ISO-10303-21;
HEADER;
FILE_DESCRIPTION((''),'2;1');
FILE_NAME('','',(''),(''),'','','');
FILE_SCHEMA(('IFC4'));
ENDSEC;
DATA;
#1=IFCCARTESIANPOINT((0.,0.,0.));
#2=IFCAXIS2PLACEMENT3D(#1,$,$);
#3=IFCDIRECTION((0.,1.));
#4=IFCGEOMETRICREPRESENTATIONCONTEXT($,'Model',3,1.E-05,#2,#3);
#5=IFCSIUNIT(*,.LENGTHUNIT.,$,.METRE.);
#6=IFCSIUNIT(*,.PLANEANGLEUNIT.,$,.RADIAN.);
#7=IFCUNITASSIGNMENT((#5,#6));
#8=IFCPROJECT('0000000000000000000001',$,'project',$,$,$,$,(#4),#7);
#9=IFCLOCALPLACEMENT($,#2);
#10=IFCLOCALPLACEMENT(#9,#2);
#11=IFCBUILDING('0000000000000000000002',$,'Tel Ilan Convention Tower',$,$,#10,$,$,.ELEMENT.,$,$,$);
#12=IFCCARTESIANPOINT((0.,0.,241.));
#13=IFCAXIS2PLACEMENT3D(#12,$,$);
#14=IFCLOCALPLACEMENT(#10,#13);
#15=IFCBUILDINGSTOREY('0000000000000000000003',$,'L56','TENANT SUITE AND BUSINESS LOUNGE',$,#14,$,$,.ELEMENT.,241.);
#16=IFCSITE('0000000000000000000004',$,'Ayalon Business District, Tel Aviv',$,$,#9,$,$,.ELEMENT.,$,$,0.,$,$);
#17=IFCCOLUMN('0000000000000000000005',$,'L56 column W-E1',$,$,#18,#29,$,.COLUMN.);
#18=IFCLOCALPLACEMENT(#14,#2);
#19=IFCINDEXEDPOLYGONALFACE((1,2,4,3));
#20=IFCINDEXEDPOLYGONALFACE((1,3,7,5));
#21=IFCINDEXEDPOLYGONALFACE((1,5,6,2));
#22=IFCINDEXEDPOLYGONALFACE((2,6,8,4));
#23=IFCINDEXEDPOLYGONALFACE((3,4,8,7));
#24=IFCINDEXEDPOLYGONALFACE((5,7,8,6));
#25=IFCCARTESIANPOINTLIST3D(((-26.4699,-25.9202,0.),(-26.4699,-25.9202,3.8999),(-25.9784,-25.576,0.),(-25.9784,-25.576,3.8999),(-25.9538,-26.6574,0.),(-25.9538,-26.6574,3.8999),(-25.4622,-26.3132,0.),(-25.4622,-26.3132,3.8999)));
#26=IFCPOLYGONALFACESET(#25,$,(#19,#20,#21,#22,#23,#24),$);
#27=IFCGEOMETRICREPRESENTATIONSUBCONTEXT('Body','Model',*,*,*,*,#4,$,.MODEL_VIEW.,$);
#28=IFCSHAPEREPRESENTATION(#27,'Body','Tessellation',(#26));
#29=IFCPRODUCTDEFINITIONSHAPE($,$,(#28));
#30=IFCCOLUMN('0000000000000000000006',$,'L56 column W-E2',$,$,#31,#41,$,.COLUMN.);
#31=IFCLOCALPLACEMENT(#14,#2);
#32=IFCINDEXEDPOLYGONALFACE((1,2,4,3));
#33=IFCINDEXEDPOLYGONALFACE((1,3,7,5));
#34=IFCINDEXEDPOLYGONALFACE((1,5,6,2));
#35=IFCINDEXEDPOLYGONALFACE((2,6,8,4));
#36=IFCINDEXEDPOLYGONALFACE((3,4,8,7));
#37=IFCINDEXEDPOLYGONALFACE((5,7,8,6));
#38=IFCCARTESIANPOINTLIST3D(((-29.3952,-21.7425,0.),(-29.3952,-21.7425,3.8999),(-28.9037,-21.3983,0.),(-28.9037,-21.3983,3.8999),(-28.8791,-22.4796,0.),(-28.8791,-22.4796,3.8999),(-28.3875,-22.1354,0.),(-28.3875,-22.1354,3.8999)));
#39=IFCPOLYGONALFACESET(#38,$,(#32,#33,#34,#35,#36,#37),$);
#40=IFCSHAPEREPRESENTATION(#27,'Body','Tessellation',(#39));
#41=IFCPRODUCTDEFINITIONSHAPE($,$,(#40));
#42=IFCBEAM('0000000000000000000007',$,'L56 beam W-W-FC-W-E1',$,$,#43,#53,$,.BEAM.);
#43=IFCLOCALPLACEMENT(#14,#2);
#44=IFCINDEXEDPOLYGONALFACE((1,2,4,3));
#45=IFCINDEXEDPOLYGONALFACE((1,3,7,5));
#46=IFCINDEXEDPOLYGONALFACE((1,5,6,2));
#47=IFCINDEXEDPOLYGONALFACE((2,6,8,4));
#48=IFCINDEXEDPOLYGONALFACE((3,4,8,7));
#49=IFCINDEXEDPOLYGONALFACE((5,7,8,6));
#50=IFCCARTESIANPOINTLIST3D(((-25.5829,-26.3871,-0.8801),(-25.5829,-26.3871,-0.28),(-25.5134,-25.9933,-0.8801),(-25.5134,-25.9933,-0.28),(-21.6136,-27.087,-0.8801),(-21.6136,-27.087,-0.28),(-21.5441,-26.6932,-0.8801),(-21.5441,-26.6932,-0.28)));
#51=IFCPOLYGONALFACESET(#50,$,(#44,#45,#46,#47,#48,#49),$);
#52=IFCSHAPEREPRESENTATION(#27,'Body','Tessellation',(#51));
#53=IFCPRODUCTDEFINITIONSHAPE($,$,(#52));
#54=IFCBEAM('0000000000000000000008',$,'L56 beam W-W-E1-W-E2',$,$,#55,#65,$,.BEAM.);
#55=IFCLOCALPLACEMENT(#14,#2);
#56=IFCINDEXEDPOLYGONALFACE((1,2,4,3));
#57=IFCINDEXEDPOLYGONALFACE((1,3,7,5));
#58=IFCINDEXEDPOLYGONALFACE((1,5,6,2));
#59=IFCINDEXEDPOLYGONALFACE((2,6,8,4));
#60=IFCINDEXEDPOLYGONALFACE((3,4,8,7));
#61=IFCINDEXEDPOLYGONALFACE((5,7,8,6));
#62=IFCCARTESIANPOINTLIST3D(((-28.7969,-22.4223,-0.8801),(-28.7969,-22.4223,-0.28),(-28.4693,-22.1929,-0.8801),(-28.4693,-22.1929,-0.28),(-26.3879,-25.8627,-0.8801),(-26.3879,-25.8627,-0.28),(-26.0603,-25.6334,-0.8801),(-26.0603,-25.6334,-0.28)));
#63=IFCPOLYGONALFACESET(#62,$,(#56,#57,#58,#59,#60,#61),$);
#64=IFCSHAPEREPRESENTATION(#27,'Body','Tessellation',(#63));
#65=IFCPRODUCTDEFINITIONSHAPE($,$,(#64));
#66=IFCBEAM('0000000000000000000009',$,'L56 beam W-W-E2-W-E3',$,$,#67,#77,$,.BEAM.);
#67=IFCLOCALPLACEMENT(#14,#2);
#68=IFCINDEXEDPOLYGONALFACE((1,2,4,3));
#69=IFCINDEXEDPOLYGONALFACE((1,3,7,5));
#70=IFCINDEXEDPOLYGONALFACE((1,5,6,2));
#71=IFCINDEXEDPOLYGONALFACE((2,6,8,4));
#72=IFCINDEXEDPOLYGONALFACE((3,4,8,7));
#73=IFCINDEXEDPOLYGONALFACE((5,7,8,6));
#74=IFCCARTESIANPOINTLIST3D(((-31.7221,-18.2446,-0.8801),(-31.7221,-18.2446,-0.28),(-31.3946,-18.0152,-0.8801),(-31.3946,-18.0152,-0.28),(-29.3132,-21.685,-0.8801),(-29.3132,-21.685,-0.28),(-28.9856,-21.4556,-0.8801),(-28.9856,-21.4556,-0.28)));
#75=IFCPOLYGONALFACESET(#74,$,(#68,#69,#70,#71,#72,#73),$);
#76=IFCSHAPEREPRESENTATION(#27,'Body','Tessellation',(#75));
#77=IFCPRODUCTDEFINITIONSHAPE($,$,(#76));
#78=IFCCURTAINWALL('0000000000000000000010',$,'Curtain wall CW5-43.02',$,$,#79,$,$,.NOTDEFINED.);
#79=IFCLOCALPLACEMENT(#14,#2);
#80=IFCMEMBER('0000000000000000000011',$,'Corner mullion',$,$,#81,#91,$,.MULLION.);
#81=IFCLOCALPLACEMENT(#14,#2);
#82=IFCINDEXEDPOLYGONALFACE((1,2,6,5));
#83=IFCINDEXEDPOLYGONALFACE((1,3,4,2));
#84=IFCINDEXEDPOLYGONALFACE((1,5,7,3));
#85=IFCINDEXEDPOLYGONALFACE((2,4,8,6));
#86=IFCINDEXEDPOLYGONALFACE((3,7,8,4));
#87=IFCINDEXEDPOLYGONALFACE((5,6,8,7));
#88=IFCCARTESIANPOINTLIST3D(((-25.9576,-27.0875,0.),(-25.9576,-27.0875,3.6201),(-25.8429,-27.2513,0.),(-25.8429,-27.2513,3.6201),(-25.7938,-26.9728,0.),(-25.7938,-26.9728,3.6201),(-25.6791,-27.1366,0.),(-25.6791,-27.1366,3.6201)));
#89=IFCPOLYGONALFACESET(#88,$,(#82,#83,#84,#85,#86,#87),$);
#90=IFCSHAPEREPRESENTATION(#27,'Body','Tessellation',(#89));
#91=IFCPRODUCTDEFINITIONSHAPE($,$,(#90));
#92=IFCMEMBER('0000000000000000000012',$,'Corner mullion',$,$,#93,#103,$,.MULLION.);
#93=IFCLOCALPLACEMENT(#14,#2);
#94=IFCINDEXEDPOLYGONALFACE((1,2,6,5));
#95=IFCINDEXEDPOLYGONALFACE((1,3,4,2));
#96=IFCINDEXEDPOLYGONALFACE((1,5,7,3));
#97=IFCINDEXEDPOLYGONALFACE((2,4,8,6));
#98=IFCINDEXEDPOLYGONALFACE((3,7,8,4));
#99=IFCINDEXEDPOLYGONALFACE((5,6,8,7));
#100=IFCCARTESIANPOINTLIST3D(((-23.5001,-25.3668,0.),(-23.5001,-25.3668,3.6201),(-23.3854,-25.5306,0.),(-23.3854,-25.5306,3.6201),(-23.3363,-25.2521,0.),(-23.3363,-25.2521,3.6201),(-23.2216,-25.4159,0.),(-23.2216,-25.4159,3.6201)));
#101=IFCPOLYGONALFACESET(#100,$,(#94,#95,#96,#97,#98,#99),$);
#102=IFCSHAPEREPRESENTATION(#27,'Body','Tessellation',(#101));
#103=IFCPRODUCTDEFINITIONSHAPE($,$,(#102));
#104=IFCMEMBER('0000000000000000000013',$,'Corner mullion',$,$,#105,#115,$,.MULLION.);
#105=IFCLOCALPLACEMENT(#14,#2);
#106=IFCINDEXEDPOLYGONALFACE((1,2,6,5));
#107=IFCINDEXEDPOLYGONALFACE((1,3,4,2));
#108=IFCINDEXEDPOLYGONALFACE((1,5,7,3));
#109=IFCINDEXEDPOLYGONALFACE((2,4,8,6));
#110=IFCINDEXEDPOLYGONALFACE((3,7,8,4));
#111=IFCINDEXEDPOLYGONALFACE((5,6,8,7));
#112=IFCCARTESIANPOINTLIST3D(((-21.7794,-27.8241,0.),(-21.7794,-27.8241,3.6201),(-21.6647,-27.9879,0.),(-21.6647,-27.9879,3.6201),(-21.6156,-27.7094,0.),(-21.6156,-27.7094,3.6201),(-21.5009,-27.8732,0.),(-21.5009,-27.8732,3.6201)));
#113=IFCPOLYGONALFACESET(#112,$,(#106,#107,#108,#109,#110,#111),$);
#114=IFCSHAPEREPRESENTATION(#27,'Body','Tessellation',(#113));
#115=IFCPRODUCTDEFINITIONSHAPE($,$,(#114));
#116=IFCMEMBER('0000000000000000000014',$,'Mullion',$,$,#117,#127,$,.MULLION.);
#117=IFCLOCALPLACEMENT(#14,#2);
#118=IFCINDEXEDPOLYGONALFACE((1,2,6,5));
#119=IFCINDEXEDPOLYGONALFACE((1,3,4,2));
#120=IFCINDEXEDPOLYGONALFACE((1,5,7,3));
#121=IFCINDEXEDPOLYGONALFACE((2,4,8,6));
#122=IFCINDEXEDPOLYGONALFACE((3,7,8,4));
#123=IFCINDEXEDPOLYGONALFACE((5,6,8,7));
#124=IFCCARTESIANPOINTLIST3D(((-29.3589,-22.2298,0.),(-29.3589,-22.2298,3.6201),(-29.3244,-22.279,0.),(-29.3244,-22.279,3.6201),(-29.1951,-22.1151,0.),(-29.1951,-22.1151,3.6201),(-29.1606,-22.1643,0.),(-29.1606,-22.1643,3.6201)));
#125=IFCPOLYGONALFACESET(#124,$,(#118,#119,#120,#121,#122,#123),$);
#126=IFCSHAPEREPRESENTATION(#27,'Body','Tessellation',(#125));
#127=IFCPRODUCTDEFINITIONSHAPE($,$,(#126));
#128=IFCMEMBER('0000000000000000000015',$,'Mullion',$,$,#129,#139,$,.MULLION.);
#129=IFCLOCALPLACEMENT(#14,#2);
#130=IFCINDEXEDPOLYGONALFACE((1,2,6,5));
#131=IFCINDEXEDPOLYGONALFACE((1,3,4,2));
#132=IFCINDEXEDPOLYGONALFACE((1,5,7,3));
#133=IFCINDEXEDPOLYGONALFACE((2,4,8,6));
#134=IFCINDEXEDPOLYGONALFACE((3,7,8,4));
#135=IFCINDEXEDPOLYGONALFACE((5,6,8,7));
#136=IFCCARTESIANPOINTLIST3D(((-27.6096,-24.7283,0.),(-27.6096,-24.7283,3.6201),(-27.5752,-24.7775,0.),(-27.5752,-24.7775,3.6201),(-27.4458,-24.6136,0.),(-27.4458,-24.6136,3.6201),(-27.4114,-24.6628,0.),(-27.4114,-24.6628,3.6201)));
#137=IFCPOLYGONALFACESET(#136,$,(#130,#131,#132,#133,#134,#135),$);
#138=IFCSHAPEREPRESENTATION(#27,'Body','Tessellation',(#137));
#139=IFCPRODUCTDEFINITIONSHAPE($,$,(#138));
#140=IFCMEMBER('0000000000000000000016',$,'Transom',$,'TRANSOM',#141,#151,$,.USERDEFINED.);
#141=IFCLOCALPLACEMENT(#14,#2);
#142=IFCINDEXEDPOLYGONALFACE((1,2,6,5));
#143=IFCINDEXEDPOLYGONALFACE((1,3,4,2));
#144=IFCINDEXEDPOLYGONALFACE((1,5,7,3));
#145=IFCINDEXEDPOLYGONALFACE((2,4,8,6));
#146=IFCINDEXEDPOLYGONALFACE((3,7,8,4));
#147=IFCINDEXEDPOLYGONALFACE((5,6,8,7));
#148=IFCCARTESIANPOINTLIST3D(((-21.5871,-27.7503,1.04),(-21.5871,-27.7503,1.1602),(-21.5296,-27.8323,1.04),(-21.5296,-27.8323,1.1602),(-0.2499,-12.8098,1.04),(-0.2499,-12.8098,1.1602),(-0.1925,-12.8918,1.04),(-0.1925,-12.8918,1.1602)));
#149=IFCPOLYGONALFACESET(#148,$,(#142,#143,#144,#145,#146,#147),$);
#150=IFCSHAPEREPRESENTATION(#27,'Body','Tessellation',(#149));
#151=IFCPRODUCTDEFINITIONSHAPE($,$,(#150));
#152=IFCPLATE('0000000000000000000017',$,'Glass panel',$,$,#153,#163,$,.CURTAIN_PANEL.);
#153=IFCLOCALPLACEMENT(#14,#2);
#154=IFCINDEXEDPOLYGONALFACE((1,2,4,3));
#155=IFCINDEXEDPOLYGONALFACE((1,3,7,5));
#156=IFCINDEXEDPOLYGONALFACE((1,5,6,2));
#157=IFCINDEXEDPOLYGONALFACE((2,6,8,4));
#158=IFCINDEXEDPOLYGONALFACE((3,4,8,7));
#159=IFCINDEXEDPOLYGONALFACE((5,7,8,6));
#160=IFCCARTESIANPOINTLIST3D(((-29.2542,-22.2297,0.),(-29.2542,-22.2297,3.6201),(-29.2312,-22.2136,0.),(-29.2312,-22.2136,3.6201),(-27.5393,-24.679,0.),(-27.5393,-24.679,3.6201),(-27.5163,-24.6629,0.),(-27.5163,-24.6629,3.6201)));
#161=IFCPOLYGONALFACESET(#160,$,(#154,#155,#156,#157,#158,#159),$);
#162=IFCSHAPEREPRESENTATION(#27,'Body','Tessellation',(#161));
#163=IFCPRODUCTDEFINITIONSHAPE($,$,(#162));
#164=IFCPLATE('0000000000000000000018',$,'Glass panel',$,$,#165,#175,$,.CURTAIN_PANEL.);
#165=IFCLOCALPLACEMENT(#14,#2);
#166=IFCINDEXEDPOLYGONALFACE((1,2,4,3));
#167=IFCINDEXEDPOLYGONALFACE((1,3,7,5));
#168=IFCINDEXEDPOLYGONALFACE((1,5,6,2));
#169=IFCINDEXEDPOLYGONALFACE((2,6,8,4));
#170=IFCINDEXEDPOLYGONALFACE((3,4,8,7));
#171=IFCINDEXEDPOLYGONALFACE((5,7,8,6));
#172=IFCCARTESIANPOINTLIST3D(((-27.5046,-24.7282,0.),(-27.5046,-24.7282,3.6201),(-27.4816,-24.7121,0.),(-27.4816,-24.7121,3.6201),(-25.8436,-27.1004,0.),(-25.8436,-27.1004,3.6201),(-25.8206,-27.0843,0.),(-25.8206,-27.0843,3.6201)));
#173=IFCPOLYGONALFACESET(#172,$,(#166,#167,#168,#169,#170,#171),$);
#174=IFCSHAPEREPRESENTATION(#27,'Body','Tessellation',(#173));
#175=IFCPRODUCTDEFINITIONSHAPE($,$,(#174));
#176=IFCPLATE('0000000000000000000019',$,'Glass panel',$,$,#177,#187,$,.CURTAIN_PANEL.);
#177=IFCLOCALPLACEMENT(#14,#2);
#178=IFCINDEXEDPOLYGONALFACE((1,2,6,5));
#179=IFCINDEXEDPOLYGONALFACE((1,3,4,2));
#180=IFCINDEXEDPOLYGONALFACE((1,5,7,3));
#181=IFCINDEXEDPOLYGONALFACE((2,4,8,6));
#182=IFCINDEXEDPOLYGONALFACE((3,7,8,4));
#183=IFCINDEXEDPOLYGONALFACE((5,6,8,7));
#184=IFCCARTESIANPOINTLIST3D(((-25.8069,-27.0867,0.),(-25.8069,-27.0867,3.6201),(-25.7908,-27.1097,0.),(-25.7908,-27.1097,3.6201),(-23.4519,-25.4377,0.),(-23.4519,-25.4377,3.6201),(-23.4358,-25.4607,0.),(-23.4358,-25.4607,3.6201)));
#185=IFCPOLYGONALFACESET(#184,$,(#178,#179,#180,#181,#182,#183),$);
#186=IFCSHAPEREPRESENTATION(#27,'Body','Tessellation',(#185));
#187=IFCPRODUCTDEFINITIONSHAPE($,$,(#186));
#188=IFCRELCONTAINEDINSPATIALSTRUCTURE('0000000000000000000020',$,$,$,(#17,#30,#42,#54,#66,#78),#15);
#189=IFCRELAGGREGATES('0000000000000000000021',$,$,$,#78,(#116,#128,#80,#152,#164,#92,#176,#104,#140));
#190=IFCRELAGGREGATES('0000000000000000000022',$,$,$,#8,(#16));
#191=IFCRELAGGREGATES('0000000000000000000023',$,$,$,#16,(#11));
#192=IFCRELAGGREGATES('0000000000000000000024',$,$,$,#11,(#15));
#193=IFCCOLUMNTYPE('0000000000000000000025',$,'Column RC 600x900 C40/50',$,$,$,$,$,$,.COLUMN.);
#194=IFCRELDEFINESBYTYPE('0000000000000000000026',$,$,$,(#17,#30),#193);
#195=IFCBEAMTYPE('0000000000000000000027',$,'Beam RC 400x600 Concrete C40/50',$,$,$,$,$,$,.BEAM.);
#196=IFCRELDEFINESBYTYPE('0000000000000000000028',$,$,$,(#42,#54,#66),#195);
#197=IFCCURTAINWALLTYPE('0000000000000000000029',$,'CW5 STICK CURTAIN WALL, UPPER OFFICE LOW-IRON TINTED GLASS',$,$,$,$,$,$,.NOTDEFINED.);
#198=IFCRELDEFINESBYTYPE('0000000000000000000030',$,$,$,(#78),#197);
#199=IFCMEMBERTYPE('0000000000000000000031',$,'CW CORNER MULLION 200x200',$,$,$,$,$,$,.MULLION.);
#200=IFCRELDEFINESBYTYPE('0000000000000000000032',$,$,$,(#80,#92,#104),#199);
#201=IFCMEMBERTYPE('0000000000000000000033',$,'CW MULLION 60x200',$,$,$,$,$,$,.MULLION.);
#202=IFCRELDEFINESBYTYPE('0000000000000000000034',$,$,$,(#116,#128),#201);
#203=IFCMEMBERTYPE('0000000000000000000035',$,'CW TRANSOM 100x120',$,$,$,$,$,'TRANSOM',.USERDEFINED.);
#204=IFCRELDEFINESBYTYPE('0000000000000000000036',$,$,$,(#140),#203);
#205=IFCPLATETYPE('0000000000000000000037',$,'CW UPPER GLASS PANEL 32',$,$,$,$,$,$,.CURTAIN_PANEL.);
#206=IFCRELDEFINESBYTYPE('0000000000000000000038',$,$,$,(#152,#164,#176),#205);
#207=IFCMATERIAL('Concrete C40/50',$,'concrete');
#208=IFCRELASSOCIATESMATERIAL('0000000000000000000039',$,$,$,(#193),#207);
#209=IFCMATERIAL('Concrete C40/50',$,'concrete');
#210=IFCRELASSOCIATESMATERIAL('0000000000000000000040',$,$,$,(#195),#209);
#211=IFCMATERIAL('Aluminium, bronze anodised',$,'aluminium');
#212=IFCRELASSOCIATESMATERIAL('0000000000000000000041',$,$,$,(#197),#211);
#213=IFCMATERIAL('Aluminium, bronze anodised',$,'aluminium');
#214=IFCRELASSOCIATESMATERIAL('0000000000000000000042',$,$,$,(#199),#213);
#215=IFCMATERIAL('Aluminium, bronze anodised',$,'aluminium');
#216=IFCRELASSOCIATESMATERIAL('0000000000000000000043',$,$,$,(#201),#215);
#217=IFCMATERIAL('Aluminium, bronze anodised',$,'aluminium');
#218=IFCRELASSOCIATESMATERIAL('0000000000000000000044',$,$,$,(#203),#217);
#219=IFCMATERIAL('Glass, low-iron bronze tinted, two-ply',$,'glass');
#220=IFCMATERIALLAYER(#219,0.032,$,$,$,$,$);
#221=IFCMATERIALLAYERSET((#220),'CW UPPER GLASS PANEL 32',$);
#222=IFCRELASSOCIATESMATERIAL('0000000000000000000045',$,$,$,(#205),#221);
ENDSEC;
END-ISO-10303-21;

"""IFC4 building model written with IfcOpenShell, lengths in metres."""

from ifc_helpers import new_model, si_unit, direction, frame, origin, origin_2d, place, context, subcontext, project, spatial, rectangle, extrude, material, layer, layer_set, material_profile, profile_set, type_object, element, aggregate, save


model = new_model("IFC4")

# Units and contexts
model_context = context("Model", 3, precision=1e-05, world=origin(), true_north=direction((0.0, 1.0)))
body_context = subcontext(model_context, "Body", "Model", "MODEL_VIEW")
ifc_project = project(units=[si_unit("LENGTHUNIT", "METRE"), si_unit("PLANEANGLEUNIT", "RADIAN")], contexts=[model_context])

# Site, building, storey
site_placement = place(None, origin())
site = spatial("IfcSite", under=ifc_project, at=site_placement, Name="Ayalon Business District, Tel Aviv", CompositionType="ELEMENT", RefElevation=0.0)
building_placement = place(site_placement, origin())
building = spatial("IfcBuilding", under=site, at=building_placement, Name="Tel Ilan Convention Tower", CompositionType="ELEMENT")
storey_placement = place(building_placement, frame((0.0, 0.0, 241.0)))
storey = spatial("IfcBuildingStorey", under=building, at=storey_placement, Name="L56", Description="TENANT SUITE AND BUSINESS LOUNGE", CompositionType="ELEMENT", Elevation=241.0)

# Columns
ifc_material_1 = material(Name="Concrete C40/50", Category="concrete")
ifc_material_profile_1 = material_profile(ifc_material_1, rectangle(XDim=0.8999, YDim=0.6001, at=origin_2d()), Name="RC 600x900")
ifc_profile_set_1 = profile_set([ifc_material_profile_1], Name="Concrete C40/50")
column_type = type_object("IfcColumnType", Name="Column RC 600x900 C40/50", PredefinedType="COLUMN", material=ifc_profile_set_1)
for number, where, z_axis, x_axis, name in (
    (1, (-25.9661, -26.1167, 0.0), (0.0, 0.0, 1.0), (-0.573576, 0.819152, 0.0), "L56 column W-E1"),
    (2, (-28.8914, -21.939, 0.0), (0.0, 0.0, 1.0), (-0.573576, 0.819152, 0.0), "L56 column W-E2"),
):
    element("IfcColumn", number, at=place(storey_placement, frame(where, z_axis=z_axis, x_axis=x_axis)), inside=storey, type_object=column_type, Name=name, PredefinedType="COLUMN", context=body_context, shape_type="SweptSolid", body=[
        extrude(rectangle(XDim=0.8999, YDim=0.6001, at=origin_2d()), origin(), (0.0, 0.0, 1.0), 3.8999),
    ])

# Beams
ifc_material_2 = material(Name="Concrete C40/50", Category="concrete")
ifc_material_profile_2 = material_profile(ifc_material_2, rectangle(XDim=0.3999, YDim=0.6001, at=origin_2d()), Name="RC 400x600")
ifc_profile_set_2 = profile_set([ifc_material_profile_2], Name="Concrete C40/50")
beam_type = type_object("IfcBeamType", Name="Beam RC 400x600 Concrete C40/50", PredefinedType="BEAM", material=ifc_profile_set_2)
beam_placement = place(storey_placement, frame((-21.5789, -26.8901, -0.5801), z_axis=(-0.984805, 0.173664, 0.0), x_axis=(-0.173664, -0.984805, 0.0)))
element("IfcBeam", 3, at=beam_placement, inside=storey, type_object=beam_type, Name="L56 beam W-W-FC-W-E1", PredefinedType="BEAM", context=body_context, shape_type="SweptSolid", body=[
    extrude(rectangle(XDim=0.3999, YDim=0.6001, at=origin_2d()), origin(), (0.0, 0.0, 1.0), 4.0305),
])
for number, where, z_axis, x_axis, name in (
    (4, (-26.2241, -25.748, -0.5801), (-0.573564, 0.819161, 0.0), (-0.819161, -0.573564, 0.0), "L56 beam W-W-E1-W-E2"),
    (5, (-29.1494, -21.5703, -0.5801), (-0.573564, 0.819161, 0.0), (-0.819161, -0.573564, 0.0), "L56 beam W-W-E2-W-E3"),
):
    element("IfcBeam", number, at=place(storey_placement, frame(where, z_axis=z_axis, x_axis=x_axis)), inside=storey, type_object=beam_type, Name=name, PredefinedType="BEAM", context=body_context, shape_type="SweptSolid", body=[
        extrude(rectangle(XDim=0.3999, YDim=0.6001, at=origin_2d()), origin(), (0.0, 0.0, 1.0), 4.2),
    ])

# Curtain wall, members, plates
ifc_material_3 = material(Name="Aluminium, bronze anodised", Category="aluminium")
curtain_wall_type = type_object("IfcCurtainWallType", Name="CW5 STICK CURTAIN WALL, UPPER OFFICE LOW-IRON TINTED GLASS", PredefinedType="NOTDEFINED", material=ifc_material_3)
curtain_wall_placement = place(storey_placement, origin())
curtain_wall = element("IfcCurtainWall", 6, at=curtain_wall_placement, inside=storey, type_object=curtain_wall_type, Name="Curtain wall CW5-43.02", PredefinedType="NOTDEFINED")
ifc_material_4 = material(Name="Aluminium, bronze anodised", Category="aluminium")
ifc_material_profile_3 = material_profile(ifc_material_4, rectangle(XDim=0.2, YDim=0.2, at=origin_2d()), Name="CW CORNER MULLION 200x200")
ifc_profile_set_3 = profile_set([ifc_material_profile_3], Name="Aluminium, bronze anodised")
member_type_1 = type_object("IfcMemberType", Name="CW CORNER MULLION 200x200", PredefinedType="MULLION", material=ifc_profile_set_3)
member_1_placement = place(storey_placement, frame((-25.8184, -27.1121, 0.0), z_axis=(0.0, 0.0, 1.0), x_axis=(0.573576, -0.819152, 0.0)))
member_1 = element("IfcMember", 7, at=member_1_placement, type_object=member_type_1, Name="Corner mullion", PredefinedType="MULLION", context=body_context, shape_type="SweptSolid", body=[
    extrude(rectangle(XDim=0.2, YDim=0.2, at=origin_2d()), origin(), (0.0, 0.0, 1.0), 3.6201),
])
member_2_placement = place(storey_placement, frame((-23.3608, -25.3914, 0.0), z_axis=(0.0, 0.0, 1.0), x_axis=(0.819152, 0.573576, 0.0)))
member_2 = element("IfcMember", 8, at=member_2_placement, type_object=member_type_1, Name="Corner mullion", PredefinedType="MULLION", context=body_context, shape_type="SweptSolid", body=[
    extrude(rectangle(XDim=0.2, YDim=0.2, at=origin_2d()), origin(), (0.0, 0.0, 1.0), 3.6201),
])
member_3_placement = place(storey_placement, frame((-21.6401, -27.8486, 0.0), z_axis=(0.0, 0.0, 1.0), x_axis=(0.573576, -0.819152, 0.0)))
member_3 = element("IfcMember", 9, at=member_3_placement, type_object=member_type_1, Name="Corner mullion", PredefinedType="MULLION", context=body_context, shape_type="SweptSolid", body=[
    extrude(rectangle(XDim=0.2, YDim=0.2, at=origin_2d()), origin(), (0.0, 0.0, 1.0), 3.6201),
])
ifc_material_5 = material(Name="Aluminium, bronze anodised", Category="aluminium")
ifc_material_profile_4 = material_profile(ifc_material_5, rectangle(XDim=0.0601, YDim=0.2, at=origin_2d()), Name="CW MULLION 60x200")
ifc_profile_set_4 = profile_set([ifc_material_profile_4], Name="Aluminium, bronze anodised")
member_type_2 = type_object("IfcMemberType", Name="CW MULLION 60x200", PredefinedType="MULLION", material=ifc_profile_set_4)
member_4_placement = place(storey_placement, frame((-29.2598, -22.197, 0.0), z_axis=(0.0, 0.0, 1.0), x_axis=(0.573576, -0.819152, 0.0)))
member_4 = element("IfcMember", 10, at=member_4_placement, type_object=member_type_2, Name="Mullion", PredefinedType="MULLION", context=body_context, shape_type="SweptSolid", body=[
    extrude(rectangle(XDim=0.0601, YDim=0.2, at=origin_2d()), origin(), (0.0, 0.0, 1.0), 3.6201),
])
member_5_placement = place(storey_placement, frame((-27.5105, -24.6956, 0.0), z_axis=(0.0, 0.0, 1.0), x_axis=(0.573576, -0.819152, 0.0)))
member_5 = element("IfcMember", 11, at=member_5_placement, type_object=member_type_2, Name="Mullion", PredefinedType="MULLION", context=body_context, shape_type="SweptSolid", body=[
    extrude(rectangle(XDim=0.0601, YDim=0.2, at=origin_2d()), origin(), (0.0, 0.0, 1.0), 3.6201),
])
ifc_material_6 = material(Name="Aluminium, bronze anodised", Category="aluminium")
ifc_material_profile_5 = material_profile(ifc_material_6, rectangle(XDim=0.1001, YDim=0.1201, at=origin_2d()), Name="CW TRANSOM 100x120")
ifc_profile_set_5 = profile_set([ifc_material_profile_5], Name="Aluminium, bronze anodised")
member_type_3 = type_object("IfcMemberType", Name="CW TRANSOM 100x120", ElementType="TRANSOM", PredefinedType="USERDEFINED", material=ifc_profile_set_5)
member_6_placement = place(storey_placement, frame((-21.5583, -27.7913, 1.1001), z_axis=(0.819152, 0.573576, 0.0), x_axis=(-0.573576, 0.819152, 0.0)))
member_6 = element("IfcMember", 12, at=member_6_placement, type_object=member_type_3, Name="Transom", ObjectType="TRANSOM", PredefinedType="USERDEFINED", context=body_context, shape_type="SweptSolid", body=[
    extrude(rectangle(XDim=0.1001, YDim=0.1201, at=origin_2d()), origin(), (0.0, 0.0, 1.0), 26.0479),
])
ifc_material_7 = material(Name="Glass, low-iron bronze tinted, two-ply", Category="glass")
ifc_layer_1 = layer(ifc_material_7, 0.032)
ifc_layer_set_1 = layer_set([ifc_layer_1], Name="CW UPPER GLASS PANEL 32")
plate_type = type_object("IfcPlateType", Name="CW UPPER GLASS PANEL 32", PredefinedType="CURTAIN_PANEL", material=ifc_layer_set_1)
plate_1_placement = place(storey_placement, frame((-28.3853, -23.4463, 0.0), z_axis=(0.0, 0.0, 1.0), x_axis=(0.573576, -0.819152, 0.0)))
plate_1 = element("IfcPlate", 13, at=plate_1_placement, type_object=plate_type, Name="Glass panel", PredefinedType="CURTAIN_PANEL", context=body_context, shape_type="SweptSolid", body=[
    extrude(rectangle(XDim=2.99, YDim=0.0281, at=origin_2d()), origin(), (0.0, 0.0, 1.0), 3.6201),
])
plate_2_placement = place(storey_placement, frame((-26.6626, -25.9062, 0.0), z_axis=(0.0, 0.0, 1.0), x_axis=(0.573576, -0.819152, 0.0)))
plate_2 = element("IfcPlate", 14, at=plate_2_placement, type_object=plate_type, Name="Glass panel", PredefinedType="CURTAIN_PANEL", context=body_context, shape_type="SweptSolid", body=[
    extrude(rectangle(XDim=2.896, YDim=0.0281, at=origin_2d()), origin(), (0.0, 0.0, 1.0), 3.6201),
])
plate_3_placement = place(storey_placement, frame((-24.6213, -26.2737, 0.0), z_axis=(0.0, 0.0, 1.0), x_axis=(0.819152, 0.573576, 0.0)))
plate_3 = element("IfcPlate", 15, at=plate_3_placement, type_object=plate_type, Name="Glass panel", PredefinedType="CURTAIN_PANEL", context=body_context, shape_type="SweptSolid", body=[
    extrude(rectangle(XDim=2.875, YDim=0.0281, at=origin_2d()), origin(), (0.0, 0.0, 1.0), 3.6201),
])
aggregate(curtain_wall, [member_4, member_5, member_1, plate_1, plate_2, member_2, plate_3, member_3, member_6])

save(model, "model.ifc")
